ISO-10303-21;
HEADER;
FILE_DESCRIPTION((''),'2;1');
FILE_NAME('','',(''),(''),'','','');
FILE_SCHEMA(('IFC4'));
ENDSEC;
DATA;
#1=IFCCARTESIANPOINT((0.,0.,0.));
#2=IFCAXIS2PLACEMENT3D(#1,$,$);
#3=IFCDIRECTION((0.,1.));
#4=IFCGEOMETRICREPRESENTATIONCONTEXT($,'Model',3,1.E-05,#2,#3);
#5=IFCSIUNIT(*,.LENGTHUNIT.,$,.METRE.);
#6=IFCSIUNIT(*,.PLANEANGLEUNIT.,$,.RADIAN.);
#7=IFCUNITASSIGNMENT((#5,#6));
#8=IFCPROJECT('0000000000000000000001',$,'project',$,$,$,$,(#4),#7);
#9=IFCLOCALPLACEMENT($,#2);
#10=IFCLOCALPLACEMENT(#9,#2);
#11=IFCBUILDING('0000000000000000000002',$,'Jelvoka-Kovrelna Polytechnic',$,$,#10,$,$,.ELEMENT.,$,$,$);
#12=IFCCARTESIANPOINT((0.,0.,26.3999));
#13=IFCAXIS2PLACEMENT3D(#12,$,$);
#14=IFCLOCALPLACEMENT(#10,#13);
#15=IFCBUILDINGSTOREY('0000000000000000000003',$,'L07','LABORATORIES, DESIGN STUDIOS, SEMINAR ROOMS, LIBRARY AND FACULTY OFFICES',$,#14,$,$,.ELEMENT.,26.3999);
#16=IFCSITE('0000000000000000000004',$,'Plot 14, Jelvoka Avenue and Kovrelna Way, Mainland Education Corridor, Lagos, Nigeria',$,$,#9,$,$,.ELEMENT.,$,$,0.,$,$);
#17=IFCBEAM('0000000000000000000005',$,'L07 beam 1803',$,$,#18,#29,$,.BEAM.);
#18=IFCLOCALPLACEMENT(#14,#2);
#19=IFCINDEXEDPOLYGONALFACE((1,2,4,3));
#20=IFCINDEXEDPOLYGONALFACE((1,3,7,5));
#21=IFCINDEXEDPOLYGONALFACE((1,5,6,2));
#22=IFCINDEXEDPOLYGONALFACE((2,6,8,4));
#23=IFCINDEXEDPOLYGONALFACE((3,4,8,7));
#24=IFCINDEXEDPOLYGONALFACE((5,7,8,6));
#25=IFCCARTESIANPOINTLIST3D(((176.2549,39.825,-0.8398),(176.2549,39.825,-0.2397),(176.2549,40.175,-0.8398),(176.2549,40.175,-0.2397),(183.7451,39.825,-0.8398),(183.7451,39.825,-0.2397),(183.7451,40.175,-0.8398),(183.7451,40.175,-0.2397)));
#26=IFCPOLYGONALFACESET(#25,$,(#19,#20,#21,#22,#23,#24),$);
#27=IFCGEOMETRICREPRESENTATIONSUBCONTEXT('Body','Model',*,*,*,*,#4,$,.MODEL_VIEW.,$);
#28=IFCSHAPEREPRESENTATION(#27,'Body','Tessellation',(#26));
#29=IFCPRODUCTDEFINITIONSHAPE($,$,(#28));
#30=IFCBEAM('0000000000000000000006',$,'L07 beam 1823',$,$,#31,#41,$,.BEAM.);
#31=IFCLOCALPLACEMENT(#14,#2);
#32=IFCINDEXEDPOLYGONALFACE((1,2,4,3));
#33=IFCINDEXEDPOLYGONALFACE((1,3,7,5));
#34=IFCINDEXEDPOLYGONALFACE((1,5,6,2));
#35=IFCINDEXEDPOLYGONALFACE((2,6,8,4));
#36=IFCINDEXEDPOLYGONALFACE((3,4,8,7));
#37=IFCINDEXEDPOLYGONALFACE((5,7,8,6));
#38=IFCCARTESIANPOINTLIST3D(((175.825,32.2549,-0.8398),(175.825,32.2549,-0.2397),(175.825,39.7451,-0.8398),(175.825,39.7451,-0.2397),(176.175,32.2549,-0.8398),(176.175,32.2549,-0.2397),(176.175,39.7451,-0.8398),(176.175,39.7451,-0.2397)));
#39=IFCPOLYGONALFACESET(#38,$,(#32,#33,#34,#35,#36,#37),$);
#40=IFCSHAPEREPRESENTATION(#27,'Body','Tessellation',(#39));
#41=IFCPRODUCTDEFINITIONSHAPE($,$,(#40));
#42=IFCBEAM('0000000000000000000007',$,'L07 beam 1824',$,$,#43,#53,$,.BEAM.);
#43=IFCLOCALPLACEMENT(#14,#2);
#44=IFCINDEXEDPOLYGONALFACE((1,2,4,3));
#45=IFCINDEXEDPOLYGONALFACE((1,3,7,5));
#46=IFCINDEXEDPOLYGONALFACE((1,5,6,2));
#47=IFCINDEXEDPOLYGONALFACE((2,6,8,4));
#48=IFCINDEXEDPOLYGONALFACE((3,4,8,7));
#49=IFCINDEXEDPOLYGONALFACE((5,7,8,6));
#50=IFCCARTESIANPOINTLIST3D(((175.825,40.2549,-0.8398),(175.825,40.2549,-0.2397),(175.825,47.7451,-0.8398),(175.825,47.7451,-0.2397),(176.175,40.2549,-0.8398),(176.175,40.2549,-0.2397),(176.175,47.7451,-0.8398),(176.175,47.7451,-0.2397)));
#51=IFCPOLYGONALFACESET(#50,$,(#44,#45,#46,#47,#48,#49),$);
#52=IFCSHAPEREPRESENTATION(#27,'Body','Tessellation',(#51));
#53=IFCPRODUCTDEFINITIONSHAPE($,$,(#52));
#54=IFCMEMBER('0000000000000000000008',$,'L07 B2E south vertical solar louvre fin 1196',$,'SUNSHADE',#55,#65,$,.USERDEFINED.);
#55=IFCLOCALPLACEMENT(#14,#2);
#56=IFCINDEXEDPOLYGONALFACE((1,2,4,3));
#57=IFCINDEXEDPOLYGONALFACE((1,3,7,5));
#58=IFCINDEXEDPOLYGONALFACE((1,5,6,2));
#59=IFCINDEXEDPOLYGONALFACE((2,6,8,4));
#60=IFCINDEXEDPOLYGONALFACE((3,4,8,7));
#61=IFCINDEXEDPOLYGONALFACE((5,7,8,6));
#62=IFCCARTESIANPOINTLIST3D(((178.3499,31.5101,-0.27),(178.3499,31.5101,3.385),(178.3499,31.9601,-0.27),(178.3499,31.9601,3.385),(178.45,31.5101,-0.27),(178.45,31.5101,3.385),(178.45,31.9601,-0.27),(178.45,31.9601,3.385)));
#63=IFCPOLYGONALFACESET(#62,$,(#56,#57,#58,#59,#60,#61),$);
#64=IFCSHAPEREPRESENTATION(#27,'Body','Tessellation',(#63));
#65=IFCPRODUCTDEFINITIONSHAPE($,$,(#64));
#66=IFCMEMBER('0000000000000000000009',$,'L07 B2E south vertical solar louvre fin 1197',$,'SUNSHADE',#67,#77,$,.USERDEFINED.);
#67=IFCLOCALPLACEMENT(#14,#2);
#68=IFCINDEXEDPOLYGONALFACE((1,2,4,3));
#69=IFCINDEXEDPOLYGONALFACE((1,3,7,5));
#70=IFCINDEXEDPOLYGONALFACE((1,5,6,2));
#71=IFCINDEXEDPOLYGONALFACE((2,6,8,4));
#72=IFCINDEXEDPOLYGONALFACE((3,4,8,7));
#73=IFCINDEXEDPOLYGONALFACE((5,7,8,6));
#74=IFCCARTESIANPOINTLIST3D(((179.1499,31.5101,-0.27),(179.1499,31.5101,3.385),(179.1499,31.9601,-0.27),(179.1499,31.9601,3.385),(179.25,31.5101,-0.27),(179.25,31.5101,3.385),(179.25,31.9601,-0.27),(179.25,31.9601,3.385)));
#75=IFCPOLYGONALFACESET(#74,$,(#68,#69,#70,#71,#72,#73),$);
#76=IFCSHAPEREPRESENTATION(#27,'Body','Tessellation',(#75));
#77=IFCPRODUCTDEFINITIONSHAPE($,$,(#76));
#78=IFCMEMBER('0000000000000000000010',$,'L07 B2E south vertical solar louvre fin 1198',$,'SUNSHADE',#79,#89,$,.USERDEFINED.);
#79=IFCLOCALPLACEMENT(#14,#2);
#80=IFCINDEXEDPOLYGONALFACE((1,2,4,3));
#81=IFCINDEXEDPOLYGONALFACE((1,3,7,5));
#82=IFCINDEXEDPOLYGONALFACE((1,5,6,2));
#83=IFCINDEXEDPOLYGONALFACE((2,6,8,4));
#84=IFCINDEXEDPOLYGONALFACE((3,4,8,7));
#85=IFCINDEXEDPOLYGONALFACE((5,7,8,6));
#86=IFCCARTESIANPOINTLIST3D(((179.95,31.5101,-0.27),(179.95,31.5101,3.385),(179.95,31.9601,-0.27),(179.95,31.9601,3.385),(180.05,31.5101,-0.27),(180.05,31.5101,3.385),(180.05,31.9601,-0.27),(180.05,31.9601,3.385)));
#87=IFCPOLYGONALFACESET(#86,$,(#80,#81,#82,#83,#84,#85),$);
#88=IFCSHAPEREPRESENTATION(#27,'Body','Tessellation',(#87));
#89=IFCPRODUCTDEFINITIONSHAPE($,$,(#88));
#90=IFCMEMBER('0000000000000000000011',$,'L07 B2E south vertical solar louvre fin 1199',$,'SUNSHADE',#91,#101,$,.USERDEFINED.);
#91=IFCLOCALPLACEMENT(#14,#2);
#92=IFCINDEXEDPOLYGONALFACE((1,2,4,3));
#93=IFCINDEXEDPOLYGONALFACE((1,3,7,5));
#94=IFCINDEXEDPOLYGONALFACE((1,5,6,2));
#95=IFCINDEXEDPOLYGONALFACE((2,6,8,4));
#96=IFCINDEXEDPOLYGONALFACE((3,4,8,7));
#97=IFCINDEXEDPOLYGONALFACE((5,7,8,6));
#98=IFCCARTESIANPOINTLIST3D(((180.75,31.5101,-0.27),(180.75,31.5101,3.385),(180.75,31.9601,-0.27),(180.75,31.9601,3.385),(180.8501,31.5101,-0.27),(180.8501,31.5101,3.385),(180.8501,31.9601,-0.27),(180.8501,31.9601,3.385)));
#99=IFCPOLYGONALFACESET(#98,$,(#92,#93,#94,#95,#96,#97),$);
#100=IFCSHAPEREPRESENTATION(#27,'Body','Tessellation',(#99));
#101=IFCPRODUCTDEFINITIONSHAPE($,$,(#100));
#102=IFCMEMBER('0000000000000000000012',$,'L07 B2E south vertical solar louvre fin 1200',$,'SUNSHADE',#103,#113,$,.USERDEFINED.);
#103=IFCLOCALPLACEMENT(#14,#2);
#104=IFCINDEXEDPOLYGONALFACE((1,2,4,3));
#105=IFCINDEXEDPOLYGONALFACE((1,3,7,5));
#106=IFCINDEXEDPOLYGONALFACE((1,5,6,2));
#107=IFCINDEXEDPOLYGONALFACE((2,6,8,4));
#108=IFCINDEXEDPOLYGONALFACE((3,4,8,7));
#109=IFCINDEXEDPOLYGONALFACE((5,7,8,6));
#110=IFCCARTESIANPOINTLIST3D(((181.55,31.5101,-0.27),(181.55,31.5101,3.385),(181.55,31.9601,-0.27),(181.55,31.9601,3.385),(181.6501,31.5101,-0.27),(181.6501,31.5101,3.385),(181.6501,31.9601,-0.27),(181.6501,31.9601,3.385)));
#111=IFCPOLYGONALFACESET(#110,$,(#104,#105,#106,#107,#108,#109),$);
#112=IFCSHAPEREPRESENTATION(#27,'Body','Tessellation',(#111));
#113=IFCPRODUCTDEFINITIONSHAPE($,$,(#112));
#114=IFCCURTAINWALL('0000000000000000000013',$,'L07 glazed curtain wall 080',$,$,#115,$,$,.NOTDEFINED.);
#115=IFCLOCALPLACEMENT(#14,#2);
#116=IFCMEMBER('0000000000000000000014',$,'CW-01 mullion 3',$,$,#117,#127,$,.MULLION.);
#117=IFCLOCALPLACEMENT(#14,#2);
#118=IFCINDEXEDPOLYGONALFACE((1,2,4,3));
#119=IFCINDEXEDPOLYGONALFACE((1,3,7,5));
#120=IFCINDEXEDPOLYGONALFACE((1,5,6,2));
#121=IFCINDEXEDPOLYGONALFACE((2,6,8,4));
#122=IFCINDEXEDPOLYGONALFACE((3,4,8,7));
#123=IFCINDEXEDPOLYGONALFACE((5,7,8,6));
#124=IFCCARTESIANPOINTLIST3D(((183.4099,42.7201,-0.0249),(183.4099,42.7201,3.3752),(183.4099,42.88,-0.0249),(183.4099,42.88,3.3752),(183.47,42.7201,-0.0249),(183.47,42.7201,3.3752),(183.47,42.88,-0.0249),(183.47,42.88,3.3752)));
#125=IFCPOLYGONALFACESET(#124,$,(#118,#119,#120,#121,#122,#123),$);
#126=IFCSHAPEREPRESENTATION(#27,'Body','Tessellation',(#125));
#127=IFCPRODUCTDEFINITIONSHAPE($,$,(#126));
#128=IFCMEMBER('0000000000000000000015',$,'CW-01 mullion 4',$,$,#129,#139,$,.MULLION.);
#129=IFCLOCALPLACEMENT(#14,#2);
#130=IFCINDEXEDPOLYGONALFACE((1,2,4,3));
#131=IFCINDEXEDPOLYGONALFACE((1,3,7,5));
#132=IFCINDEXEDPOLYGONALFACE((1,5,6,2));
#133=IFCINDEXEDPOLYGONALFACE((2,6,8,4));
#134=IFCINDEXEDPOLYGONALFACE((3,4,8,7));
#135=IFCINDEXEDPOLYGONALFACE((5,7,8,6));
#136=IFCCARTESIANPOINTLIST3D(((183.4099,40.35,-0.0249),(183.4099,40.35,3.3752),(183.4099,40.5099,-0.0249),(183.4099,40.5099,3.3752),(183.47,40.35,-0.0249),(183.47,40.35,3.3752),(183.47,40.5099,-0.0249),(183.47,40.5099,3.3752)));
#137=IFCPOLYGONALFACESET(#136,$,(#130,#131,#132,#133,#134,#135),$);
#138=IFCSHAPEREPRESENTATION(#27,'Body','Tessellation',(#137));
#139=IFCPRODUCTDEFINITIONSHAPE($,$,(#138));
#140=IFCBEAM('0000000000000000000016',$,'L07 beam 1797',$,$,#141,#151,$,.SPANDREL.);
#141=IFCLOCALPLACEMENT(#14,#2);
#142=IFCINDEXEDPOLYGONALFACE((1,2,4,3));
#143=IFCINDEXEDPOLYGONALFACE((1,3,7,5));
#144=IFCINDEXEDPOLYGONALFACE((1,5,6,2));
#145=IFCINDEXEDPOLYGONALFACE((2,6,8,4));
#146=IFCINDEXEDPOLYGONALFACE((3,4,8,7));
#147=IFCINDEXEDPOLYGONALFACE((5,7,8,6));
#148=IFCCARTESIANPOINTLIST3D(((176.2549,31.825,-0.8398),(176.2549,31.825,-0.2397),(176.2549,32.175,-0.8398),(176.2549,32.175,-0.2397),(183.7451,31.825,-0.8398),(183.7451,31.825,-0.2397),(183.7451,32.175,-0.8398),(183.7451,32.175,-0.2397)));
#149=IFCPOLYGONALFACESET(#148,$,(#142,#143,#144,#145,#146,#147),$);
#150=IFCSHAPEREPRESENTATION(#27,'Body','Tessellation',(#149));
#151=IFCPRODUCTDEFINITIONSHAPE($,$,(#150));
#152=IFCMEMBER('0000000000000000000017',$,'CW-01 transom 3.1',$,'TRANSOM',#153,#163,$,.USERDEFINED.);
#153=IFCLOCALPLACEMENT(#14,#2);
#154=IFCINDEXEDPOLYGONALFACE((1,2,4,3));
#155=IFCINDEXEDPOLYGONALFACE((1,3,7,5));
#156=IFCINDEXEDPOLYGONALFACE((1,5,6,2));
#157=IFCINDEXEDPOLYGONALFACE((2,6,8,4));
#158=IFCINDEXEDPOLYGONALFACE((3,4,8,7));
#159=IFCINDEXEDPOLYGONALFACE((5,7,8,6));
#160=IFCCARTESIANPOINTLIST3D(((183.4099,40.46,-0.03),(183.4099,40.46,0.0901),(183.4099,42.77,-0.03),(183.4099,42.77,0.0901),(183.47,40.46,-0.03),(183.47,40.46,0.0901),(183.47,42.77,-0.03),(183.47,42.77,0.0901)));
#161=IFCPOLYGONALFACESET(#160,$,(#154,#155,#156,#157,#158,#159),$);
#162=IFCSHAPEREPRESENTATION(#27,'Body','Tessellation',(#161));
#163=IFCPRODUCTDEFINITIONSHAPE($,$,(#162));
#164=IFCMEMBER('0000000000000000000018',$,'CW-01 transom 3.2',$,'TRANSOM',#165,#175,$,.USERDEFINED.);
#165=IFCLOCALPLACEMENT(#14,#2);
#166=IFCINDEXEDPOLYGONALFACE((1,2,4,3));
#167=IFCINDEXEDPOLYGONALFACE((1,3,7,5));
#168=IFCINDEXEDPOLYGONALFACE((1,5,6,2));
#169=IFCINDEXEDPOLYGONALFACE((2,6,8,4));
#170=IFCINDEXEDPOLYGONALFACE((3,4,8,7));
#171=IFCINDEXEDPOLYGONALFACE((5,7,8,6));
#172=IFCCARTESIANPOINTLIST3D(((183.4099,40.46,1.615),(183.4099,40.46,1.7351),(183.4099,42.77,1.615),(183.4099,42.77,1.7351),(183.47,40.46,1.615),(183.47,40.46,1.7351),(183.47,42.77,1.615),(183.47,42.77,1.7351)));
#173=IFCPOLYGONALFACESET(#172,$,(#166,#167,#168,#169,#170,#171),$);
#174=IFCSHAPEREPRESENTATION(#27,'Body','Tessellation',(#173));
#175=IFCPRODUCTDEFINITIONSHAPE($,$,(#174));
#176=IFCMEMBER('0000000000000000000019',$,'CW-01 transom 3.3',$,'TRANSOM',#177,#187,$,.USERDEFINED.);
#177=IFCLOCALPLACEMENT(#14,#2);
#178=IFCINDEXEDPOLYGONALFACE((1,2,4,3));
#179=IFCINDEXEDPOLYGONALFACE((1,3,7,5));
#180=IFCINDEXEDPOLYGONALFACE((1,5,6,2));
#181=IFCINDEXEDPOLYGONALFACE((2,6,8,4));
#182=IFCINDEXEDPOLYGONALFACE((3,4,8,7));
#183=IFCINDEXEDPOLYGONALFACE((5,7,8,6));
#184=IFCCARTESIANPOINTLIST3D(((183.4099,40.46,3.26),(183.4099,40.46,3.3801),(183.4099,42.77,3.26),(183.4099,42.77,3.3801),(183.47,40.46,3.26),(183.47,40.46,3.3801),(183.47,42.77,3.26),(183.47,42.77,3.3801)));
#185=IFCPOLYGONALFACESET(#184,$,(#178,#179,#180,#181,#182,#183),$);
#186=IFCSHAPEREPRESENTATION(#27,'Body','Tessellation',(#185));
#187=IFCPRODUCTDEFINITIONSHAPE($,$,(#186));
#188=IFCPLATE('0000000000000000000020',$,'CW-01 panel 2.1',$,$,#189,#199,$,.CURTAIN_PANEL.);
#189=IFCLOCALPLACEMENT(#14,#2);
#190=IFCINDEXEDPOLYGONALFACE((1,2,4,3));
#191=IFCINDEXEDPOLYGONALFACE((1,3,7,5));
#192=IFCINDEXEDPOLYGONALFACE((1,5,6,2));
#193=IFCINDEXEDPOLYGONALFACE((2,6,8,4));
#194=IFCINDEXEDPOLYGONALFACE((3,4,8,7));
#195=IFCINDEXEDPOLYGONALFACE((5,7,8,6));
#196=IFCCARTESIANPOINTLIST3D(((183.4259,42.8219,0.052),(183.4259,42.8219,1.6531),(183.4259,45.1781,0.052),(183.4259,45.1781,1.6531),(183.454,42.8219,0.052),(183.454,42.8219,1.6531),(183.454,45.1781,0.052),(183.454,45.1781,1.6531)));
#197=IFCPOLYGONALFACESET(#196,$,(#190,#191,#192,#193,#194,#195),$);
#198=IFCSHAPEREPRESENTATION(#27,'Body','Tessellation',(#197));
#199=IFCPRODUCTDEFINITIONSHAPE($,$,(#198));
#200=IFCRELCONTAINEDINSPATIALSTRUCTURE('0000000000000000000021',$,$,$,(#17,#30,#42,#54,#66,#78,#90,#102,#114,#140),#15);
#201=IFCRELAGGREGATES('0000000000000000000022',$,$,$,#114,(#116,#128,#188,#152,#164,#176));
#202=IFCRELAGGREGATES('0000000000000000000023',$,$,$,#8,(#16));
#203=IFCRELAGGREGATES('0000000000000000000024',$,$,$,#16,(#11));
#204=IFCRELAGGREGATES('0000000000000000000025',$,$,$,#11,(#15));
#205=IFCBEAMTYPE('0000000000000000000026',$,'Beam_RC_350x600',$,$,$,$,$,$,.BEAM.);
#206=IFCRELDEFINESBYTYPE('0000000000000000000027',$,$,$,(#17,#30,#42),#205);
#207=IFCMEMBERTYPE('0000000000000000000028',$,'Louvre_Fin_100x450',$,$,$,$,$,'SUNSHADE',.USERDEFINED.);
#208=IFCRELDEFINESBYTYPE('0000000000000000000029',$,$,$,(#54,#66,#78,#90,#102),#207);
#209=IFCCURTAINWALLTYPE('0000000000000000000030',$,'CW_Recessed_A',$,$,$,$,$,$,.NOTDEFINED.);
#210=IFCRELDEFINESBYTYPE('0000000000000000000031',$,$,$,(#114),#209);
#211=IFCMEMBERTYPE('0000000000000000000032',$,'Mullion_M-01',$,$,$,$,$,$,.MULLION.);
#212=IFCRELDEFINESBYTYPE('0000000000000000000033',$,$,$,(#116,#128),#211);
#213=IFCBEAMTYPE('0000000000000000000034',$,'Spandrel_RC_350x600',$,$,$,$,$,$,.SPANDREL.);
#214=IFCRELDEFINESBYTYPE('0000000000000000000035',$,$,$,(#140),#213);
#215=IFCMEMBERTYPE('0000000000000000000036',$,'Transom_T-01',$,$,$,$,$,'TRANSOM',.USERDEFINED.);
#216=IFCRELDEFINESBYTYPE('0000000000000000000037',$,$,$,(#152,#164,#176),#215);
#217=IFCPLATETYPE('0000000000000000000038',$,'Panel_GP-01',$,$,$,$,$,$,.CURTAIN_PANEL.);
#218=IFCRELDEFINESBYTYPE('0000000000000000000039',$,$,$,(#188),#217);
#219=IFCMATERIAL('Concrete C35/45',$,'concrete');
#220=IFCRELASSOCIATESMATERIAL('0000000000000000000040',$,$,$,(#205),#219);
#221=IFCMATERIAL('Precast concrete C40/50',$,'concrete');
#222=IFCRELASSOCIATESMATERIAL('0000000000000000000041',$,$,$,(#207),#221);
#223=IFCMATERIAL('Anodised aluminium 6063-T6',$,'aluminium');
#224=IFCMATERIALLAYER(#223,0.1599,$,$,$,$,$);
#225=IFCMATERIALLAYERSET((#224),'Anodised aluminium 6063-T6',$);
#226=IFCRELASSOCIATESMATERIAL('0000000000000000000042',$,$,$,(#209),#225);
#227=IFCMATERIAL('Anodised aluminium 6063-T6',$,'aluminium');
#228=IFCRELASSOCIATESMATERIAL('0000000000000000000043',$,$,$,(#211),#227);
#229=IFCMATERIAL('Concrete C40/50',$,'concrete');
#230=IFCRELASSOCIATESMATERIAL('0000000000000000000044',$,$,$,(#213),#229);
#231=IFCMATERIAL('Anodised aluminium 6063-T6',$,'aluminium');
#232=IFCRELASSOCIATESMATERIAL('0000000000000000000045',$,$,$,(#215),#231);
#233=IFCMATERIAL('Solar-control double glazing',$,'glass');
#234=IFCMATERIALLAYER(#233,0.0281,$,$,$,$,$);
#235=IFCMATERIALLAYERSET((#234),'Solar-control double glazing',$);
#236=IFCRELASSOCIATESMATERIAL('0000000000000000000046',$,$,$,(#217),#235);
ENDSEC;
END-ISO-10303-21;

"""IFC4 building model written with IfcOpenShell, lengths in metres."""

from ifc_helpers import new_model, si_unit, direction, frame, origin, origin_2d, place, context, subcontext, project, spatial, rectangle, extrude, material, layer, layer_set, material_profile, profile_set, type_object, element, aggregate, save


model = new_model("IFC4")

# Units and contexts
model_context = context("Model", 3, precision=1e-05, world=origin(), true_north=direction((0.0, 1.0)))
body_context = subcontext(model_context, "Body", "Model", "MODEL_VIEW")
ifc_project = project(units=[si_unit("LENGTHUNIT", "METRE"), si_unit("PLANEANGLEUNIT", "RADIAN")], contexts=[model_context])

# Site, building, storey
site_placement = place(None, origin())
site = spatial("IfcSite", under=ifc_project, at=site_placement, Name="Plot 14, Jelvoka Avenue and Kovrelna Way, Mainland Education Corridor, Lagos, Nigeria", CompositionType="ELEMENT", RefElevation=0.0)
building_placement = place(site_placement, origin())
building = spatial("IfcBuilding", under=site, at=building_placement, Name="Jelvoka-Kovrelna Polytechnic", CompositionType="ELEMENT")
storey_placement = place(building_placement, frame((0.0, 0.0, 26.3999)))
storey = spatial("IfcBuildingStorey", under=building, at=storey_placement, Name="L07", Description="LABORATORIES, DESIGN STUDIOS, SEMINAR ROOMS, LIBRARY AND FACULTY OFFICES", CompositionType="ELEMENT", Elevation=26.3999)

# Beams
ifc_material_1 = material(Name="Concrete C35/45", Category="concrete")
ifc_material_profile_1 = material_profile(ifc_material_1, rectangle(XDim=0.3501, YDim=0.6001, at=origin_2d()), Name="RC 350x600")
ifc_profile_set_1 = profile_set([ifc_material_profile_1], Name="Concrete C35/45")
beam_type_1 = type_object("IfcBeamType", Name="Beam_RC_350x600", PredefinedType="BEAM", material=ifc_profile_set_1)
for number, where, z_axis, x_axis, name in (
    (1, (176.2549, 40.0, -0.5398), (1.0, 0.0, 0.0), (0.0, 1.0, 0.0), "L07 beam 1803"),
    (2, (176.0, 32.2549, -0.5398), (0.0, 1.0, 0.0), (-1.0, 0.0, 0.0), "L07 beam 1823"),
    (3, (176.0, 40.2549, -0.5398), (0.0, 1.0, 0.0), (-1.0, 0.0, 0.0), "L07 beam 1824"),
):
    element("IfcBeam", number, at=place(storey_placement, frame(where, z_axis=z_axis, x_axis=x_axis)), inside=storey, type_object=beam_type_1, Name=name, PredefinedType="BEAM", context=body_context, shape_type="SweptSolid", body=[
        extrude(rectangle(XDim=0.3501, YDim=0.6001, at=origin_2d()), origin(), (0.0, 0.0, 1.0), 7.4902),
    ])

# Members
ifc_material_2 = material(Name="Precast concrete C40/50", Category="concrete")
ifc_material_profile_2 = material_profile(ifc_material_2, rectangle(XDim=0.1001, YDim=0.45, at=origin_2d()), Name="PC 100x450")
ifc_profile_set_2 = profile_set([ifc_material_profile_2], Name="Precast concrete C40/50")
member_type_1 = type_object("IfcMemberType", Name="Louvre_Fin_100x450", ElementType="SUNSHADE", PredefinedType="USERDEFINED", material=ifc_profile_set_2)
for number, where, z_axis, x_axis, name in (
    (4, (178.3999, 31.7351, -0.27), (0.0, 0.0, 1.0), (1.0, 0.0, 0.0), "L07 B2E south vertical solar louvre fin 1196"),
    (5, (179.2, 31.7351, -0.27), (0.0, 0.0, 1.0), (1.0, 0.0, 0.0), "L07 B2E south vertical solar louvre fin 1197"),
    (6, (180.0, 31.7351, -0.27), (0.0, 0.0, 1.0), (1.0, 0.0, 0.0), "L07 B2E south vertical solar louvre fin 1198"),
    (7, (180.8, 31.7351, -0.27), (0.0, 0.0, 1.0), (1.0, 0.0, 0.0), "L07 B2E south vertical solar louvre fin 1199"),
    (8, (181.6001, 31.7351, -0.27), (0.0, 0.0, 1.0), (1.0, 0.0, 0.0), "L07 B2E south vertical solar louvre fin 1200"),
):
    element("IfcMember", number, at=place(storey_placement, frame(where, z_axis=z_axis, x_axis=x_axis)), inside=storey, type_object=member_type_1, Name=name, ObjectType="SUNSHADE", PredefinedType="USERDEFINED", context=body_context, shape_type="SweptSolid", body=[
        extrude(rectangle(XDim=0.1001, YDim=0.45, at=origin_2d()), origin(), (0.0, 0.0, 1.0), 3.655),
    ])

# Curtain wall, members
ifc_material_3 = material(Name="Anodised aluminium 6063-T6", Category="aluminium")
ifc_layer_1 = layer(ifc_material_3, 0.1599)
ifc_layer_set_1 = layer_set([ifc_layer_1], Name="Anodised aluminium 6063-T6")
curtain_wall_type = type_object("IfcCurtainWallType", Name="CW_Recessed_A", PredefinedType="NOTDEFINED", material=ifc_layer_set_1)
curtain_wall_placement = place(storey_placement, origin())
curtain_wall = element("IfcCurtainWall", 9, at=curtain_wall_placement, inside=storey, type_object=curtain_wall_type, Name="L07 glazed curtain wall 080", PredefinedType="NOTDEFINED")
ifc_material_4 = material(Name="Anodised aluminium 6063-T6", Category="aluminium")
ifc_material_profile_3 = material_profile(ifc_material_4, rectangle(XDim=0.0601, YDim=0.1599, at=origin_2d()), Name="ALU 60x160")
ifc_profile_set_3 = profile_set([ifc_material_profile_3], Name="Anodised aluminium 6063-T6")
member_type_2 = type_object("IfcMemberType", Name="Mullion_M-01", PredefinedType="MULLION", material=ifc_profile_set_3)
member_1_placement = place(storey_placement, frame((183.4399, 42.8, -0.0249), z_axis=(0.0, 0.0, 1.0), x_axis=(1.0, 0.0, 0.0)))
member_1 = element("IfcMember", 10, at=member_1_placement, type_object=member_type_2, Name="CW-01 mullion 3", PredefinedType="MULLION", context=body_context, shape_type="SweptSolid", body=[
    extrude(rectangle(XDim=0.0601, YDim=0.1599, at=origin_2d()), origin(), (0.0, 0.0, 1.0), 3.4001),
])
member_2_placement = place(storey_placement, frame((183.4399, 40.4299, -0.0249), z_axis=(0.0, 0.0, 1.0), x_axis=(1.0, 0.0, 0.0)))
member_2 = element("IfcMember", 11, at=member_2_placement, type_object=member_type_2, Name="CW-01 mullion 4", PredefinedType="MULLION", context=body_context, shape_type="SweptSolid", body=[
    extrude(rectangle(XDim=0.0601, YDim=0.1599, at=origin_2d()), origin(), (0.0, 0.0, 1.0), 3.4001),
])

# Beam
ifc_material_5 = material(Name="Concrete C40/50", Category="concrete")
ifc_material_profile_4 = material_profile(ifc_material_5, rectangle(XDim=0.3501, YDim=0.6001, at=origin_2d()), Name="RC 350x600")
ifc_profile_set_4 = profile_set([ifc_material_profile_4], Name="Concrete C40/50")
beam_type_2 = type_object("IfcBeamType", Name="Spandrel_RC_350x600", PredefinedType="SPANDREL", material=ifc_profile_set_4)
beam_placement = place(storey_placement, frame((176.2549, 32.0, -0.5398), z_axis=(1.0, 0.0, 0.0), x_axis=(0.0, 1.0, 0.0)))
element("IfcBeam", 12, at=beam_placement, inside=storey, type_object=beam_type_2, Name="L07 beam 1797", PredefinedType="SPANDREL", context=body_context, shape_type="SweptSolid", body=[
    extrude(rectangle(XDim=0.3501, YDim=0.6001, at=origin_2d()), origin(), (0.0, 0.0, 1.0), 7.4902),
])

# Members
ifc_material_6 = material(Name="Anodised aluminium 6063-T6", Category="aluminium")
ifc_material_profile_5 = material_profile(ifc_material_6, rectangle(XDim=0.0601, YDim=0.1201, at=origin_2d()), Name="ALU 60x120")
ifc_profile_set_5 = profile_set([ifc_material_profile_5], Name="Anodised aluminium 6063-T6")
member_type_3 = type_object("IfcMemberType", Name="Transom_T-01", ElementType="TRANSOM", PredefinedType="USERDEFINED", material=ifc_profile_set_5)
member_3_placement = place(storey_placement, frame((183.4399, 42.77, 0.03), z_axis=(0.0, -1.0, 0.0), x_axis=(1.0, 0.0, 0.0)))
member_3 = element("IfcMember", 13, at=member_3_placement, type_object=member_type_3, Name="CW-01 transom 3.1", ObjectType="TRANSOM", PredefinedType="USERDEFINED", context=body_context, shape_type="SweptSolid", body=[
    extrude(rectangle(XDim=0.0601, YDim=0.1201, at=origin_2d()), origin(), (0.0, 0.0, 1.0), 2.3101),
])
member_4_placement = place(storey_placement, frame((183.4399, 42.77, 1.675), z_axis=(0.0, -1.0, 0.0), x_axis=(1.0, 0.0, 0.0)))
member_4 = element("IfcMember", 14, at=member_4_placement, type_object=member_type_3, Name="CW-01 transom 3.2", ObjectType="TRANSOM", PredefinedType="USERDEFINED", context=body_context, shape_type="SweptSolid", body=[
    extrude(rectangle(XDim=0.0601, YDim=0.1201, at=origin_2d()), origin(), (0.0, 0.0, 1.0), 2.3101),
])
member_5_placement = place(storey_placement, frame((183.4399, 42.77, 3.3201), z_axis=(0.0, -1.0, 0.0), x_axis=(1.0, 0.0, 0.0)))
member_5 = element("IfcMember", 15, at=member_5_placement, type_object=member_type_3, Name="CW-01 transom 3.3", ObjectType="TRANSOM", PredefinedType="USERDEFINED", context=body_context, shape_type="SweptSolid", body=[
    extrude(rectangle(XDim=0.0601, YDim=0.1201, at=origin_2d()), origin(), (0.0, 0.0, 1.0), 2.3101),
])

# Plate
ifc_material_7 = material(Name="Solar-control double glazing", Category="glass")
ifc_layer_2 = layer(ifc_material_7, 0.0281)
ifc_layer_set_2 = layer_set([ifc_layer_2], Name="Solar-control double glazing")
plate_type = type_object("IfcPlateType", Name="Panel_GP-01", PredefinedType="CURTAIN_PANEL", material=ifc_layer_set_2)
plate_1_placement = place(storey_placement, frame((183.4399, 44.0, 0.052), z_axis=(0.0, 0.0, 1.0), x_axis=(0.0, -1.0, 0.0)))
plate_1 = element("IfcPlate", 16, at=plate_1_placement, type_object=plate_type, Name="CW-01 panel 2.1", PredefinedType="CURTAIN_PANEL", context=body_context, shape_type="SweptSolid", body=[
    extrude(rectangle(XDim=2.3562, YDim=0.0281, at=origin_2d()), origin(), (0.0, 0.0, 1.0), 1.6011),
])
aggregate(curtain_wall, [member_1, member_2, plate_1, member_3, member_4, member_5])

save(model, "model.ifc")
